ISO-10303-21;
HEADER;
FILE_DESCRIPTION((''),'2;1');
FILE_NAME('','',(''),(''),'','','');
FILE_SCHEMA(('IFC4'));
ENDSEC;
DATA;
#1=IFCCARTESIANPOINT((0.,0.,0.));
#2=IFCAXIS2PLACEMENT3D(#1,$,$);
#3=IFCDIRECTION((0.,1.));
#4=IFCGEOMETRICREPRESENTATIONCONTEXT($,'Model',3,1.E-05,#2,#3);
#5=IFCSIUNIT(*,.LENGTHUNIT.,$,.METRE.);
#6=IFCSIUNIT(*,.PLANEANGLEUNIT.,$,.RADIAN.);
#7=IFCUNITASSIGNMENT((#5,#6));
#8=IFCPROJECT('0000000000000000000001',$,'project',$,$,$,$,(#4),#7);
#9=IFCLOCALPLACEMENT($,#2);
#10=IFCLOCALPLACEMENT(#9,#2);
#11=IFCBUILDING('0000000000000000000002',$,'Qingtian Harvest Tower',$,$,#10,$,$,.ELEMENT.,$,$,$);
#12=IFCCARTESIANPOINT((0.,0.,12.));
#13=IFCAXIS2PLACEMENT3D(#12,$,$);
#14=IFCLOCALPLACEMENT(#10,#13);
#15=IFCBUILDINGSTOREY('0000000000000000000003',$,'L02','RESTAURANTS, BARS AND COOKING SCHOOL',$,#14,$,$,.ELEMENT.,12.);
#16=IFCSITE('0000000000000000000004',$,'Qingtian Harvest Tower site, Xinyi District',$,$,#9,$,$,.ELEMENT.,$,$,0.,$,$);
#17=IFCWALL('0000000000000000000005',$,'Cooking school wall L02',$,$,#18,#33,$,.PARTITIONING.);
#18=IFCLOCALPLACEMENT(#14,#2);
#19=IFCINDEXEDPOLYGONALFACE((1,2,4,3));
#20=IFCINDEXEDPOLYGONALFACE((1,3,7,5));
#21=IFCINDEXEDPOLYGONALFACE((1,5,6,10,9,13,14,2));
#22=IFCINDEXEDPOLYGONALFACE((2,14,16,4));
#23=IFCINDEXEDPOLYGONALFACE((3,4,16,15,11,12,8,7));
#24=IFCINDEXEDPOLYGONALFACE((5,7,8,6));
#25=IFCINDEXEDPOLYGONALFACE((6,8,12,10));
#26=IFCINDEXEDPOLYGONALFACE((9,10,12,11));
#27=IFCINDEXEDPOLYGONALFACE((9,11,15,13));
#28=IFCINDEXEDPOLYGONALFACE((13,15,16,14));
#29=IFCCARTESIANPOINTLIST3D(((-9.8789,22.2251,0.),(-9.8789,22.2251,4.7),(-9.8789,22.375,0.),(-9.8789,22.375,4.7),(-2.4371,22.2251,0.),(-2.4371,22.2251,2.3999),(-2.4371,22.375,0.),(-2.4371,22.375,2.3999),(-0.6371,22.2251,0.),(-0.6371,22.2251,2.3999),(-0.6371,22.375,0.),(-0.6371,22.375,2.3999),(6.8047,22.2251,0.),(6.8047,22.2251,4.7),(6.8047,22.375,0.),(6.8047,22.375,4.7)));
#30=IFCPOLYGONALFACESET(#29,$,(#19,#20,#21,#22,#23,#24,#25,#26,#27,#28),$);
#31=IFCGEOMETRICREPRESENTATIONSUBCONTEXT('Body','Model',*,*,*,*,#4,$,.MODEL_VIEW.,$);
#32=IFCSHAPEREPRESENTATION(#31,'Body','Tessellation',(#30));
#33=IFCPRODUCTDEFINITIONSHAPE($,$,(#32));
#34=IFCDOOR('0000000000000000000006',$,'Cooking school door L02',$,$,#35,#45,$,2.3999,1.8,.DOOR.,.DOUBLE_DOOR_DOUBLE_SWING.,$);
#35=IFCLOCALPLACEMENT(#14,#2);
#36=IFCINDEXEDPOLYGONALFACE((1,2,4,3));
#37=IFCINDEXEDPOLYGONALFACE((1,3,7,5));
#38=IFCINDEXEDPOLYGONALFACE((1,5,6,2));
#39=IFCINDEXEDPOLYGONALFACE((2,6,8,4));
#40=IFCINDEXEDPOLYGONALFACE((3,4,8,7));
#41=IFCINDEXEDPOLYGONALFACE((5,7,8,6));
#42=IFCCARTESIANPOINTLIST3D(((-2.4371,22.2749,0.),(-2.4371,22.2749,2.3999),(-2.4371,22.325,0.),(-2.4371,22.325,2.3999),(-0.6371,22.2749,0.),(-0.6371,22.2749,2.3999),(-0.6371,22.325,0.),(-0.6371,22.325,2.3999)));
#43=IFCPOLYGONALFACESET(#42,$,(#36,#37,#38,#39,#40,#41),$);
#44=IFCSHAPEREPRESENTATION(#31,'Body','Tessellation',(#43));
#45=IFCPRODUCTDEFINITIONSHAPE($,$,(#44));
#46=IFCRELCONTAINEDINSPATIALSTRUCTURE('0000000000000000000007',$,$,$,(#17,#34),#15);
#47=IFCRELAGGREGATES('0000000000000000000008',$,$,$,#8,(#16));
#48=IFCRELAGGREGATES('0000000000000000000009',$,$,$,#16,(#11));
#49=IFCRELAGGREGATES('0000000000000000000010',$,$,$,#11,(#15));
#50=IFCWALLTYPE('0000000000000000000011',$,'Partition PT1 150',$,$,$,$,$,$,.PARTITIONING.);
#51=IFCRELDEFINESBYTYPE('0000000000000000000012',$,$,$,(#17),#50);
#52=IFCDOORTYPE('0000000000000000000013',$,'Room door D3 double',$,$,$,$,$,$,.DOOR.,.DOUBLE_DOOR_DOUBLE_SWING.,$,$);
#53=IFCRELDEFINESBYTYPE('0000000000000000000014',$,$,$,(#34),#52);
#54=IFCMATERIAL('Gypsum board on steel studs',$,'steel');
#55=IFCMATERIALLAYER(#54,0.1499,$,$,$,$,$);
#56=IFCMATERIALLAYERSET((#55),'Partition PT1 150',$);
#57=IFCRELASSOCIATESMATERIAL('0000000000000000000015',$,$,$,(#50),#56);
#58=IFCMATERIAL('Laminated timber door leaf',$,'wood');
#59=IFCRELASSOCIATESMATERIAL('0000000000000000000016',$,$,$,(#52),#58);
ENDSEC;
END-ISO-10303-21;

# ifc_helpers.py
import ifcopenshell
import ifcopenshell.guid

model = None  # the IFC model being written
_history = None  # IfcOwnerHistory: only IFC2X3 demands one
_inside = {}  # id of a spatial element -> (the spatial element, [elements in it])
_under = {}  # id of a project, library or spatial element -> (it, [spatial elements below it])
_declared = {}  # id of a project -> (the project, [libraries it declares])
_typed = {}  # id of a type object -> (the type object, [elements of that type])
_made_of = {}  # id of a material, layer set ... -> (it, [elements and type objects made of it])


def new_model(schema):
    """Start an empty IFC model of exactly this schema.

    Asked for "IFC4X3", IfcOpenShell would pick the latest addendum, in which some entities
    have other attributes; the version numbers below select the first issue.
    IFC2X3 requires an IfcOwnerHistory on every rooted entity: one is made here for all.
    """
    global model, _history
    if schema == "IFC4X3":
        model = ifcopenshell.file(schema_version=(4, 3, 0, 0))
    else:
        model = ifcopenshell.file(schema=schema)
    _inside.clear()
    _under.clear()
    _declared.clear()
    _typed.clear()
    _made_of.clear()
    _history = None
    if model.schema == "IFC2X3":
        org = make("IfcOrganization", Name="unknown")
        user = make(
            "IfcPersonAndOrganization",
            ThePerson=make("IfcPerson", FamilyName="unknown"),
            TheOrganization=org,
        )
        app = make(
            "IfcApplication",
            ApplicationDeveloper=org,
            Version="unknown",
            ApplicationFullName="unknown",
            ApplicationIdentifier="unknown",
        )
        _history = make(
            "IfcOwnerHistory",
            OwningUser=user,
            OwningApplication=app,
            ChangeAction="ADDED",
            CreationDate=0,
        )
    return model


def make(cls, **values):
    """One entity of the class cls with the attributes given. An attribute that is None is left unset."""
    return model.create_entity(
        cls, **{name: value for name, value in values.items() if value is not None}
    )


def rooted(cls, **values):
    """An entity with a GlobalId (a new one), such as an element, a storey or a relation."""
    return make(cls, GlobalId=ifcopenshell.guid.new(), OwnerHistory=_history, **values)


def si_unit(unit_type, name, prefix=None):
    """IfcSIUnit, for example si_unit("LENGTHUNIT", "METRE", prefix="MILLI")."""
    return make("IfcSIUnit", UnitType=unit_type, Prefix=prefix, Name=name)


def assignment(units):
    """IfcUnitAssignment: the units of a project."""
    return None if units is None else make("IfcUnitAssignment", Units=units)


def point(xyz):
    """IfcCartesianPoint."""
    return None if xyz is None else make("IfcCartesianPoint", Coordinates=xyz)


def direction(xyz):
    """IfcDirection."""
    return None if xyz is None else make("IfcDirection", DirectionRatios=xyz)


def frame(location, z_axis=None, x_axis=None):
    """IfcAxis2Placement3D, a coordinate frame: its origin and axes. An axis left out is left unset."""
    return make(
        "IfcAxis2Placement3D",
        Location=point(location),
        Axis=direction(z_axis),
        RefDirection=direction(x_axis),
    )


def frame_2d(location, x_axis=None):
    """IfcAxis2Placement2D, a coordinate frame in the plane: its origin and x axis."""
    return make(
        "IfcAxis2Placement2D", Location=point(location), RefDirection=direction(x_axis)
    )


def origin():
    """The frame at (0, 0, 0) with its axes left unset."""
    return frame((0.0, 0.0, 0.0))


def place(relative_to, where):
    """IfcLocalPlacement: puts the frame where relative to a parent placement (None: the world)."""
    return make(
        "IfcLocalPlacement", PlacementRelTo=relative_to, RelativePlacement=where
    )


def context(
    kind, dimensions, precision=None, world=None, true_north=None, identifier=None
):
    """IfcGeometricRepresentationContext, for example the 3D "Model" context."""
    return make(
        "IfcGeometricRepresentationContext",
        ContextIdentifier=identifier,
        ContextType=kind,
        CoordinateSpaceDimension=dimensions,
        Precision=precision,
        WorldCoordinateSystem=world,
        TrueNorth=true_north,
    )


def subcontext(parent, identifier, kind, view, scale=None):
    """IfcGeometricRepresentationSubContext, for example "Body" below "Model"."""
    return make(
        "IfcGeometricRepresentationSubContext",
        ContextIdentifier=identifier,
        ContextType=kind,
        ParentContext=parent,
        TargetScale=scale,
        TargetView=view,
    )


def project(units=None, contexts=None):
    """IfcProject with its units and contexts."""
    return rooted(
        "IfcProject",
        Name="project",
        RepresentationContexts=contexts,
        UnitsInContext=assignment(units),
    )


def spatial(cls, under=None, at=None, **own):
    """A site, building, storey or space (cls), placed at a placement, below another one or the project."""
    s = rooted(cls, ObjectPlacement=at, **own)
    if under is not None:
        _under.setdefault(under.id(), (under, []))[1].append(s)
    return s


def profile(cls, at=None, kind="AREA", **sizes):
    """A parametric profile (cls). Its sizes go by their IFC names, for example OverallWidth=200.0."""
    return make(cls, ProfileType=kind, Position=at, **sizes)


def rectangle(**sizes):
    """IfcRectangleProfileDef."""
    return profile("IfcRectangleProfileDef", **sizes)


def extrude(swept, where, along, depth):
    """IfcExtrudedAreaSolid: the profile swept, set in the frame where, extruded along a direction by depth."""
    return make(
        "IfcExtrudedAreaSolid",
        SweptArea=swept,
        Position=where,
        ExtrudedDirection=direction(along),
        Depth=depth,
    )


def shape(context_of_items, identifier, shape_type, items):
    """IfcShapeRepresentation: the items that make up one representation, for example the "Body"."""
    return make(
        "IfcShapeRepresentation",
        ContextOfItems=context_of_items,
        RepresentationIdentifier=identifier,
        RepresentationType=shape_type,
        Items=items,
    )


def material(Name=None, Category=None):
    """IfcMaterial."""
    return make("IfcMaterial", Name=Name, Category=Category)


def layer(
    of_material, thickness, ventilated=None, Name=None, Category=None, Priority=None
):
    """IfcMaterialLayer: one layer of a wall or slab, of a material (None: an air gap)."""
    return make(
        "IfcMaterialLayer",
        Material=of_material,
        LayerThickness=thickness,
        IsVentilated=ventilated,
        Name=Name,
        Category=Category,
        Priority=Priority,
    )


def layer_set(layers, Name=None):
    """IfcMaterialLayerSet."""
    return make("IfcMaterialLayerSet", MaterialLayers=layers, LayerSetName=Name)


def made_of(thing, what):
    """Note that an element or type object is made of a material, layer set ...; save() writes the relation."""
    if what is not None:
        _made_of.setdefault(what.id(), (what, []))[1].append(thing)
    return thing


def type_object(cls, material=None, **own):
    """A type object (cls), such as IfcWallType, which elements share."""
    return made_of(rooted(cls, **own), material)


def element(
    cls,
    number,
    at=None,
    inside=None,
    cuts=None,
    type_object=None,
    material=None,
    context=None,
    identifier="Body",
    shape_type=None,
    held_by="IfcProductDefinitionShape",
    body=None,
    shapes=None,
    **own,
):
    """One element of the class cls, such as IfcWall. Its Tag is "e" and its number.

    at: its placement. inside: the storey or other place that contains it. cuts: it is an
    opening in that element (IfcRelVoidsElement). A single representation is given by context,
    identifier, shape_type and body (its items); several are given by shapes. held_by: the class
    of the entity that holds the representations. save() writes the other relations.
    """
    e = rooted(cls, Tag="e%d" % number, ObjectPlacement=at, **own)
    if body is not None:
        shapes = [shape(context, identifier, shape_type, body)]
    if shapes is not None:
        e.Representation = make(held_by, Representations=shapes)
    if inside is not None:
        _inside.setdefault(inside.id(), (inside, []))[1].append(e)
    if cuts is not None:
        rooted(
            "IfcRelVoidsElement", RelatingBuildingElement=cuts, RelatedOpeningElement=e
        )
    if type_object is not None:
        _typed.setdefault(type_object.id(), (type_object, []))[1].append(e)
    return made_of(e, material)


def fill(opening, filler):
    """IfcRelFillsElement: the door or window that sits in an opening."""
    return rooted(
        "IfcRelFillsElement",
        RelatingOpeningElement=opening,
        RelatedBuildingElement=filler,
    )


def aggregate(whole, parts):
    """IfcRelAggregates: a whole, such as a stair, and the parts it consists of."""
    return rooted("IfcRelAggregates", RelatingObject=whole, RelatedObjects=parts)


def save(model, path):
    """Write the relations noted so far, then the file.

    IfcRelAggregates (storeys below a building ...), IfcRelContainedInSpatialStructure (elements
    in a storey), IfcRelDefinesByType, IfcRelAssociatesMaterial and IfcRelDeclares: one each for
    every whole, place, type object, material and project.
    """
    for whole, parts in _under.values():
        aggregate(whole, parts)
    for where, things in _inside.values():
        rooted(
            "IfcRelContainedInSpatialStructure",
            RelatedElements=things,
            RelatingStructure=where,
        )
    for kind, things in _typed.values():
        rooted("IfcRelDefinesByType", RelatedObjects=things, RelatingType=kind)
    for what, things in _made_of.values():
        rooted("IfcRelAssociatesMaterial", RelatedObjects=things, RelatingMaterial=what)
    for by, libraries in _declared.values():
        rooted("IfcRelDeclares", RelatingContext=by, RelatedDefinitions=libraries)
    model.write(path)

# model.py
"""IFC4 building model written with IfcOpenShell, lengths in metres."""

from ifc_helpers import new_model, si_unit, direction, frame, frame_2d, origin, place, context, subcontext, project, spatial, rectangle, extrude, material, layer, layer_set, type_object, element, fill, save


model = new_model("IFC4")

# Units and contexts
model_context = context("Model", 3, precision=1e-05, world=origin(), true_north=direction((0.0, 1.0)))
body_context = subcontext(model_context, "Body", "Model", "MODEL_VIEW")
ifc_project = project(units=[si_unit("LENGTHUNIT", "METRE"), si_unit("PLANEANGLEUNIT", "RADIAN")], contexts=[model_context])

# Site, building, storey
site_placement = place(None, origin())
site = spatial("IfcSite", under=ifc_project, at=site_placement, Name="Qingtian Harvest Tower site, Xinyi District", CompositionType="ELEMENT", RefElevation=0.0)
building_placement = place(site_placement, origin())
building = spatial("IfcBuilding", under=site, at=building_placement, Name="Qingtian Harvest Tower", CompositionType="ELEMENT")
storey_placement = place(building_placement, frame((0.0, 0.0, 12.0)))
storey = spatial("IfcBuildingStorey", under=building, at=storey_placement, Name="L02", Description="RESTAURANTS, BARS AND COOKING SCHOOL", CompositionType="ELEMENT", Elevation=12.0)

# Wall, opening, door
ifc_material_1 = material(Name="Gypsum board on steel studs", Category="steel")
ifc_layer_1 = layer(ifc_material_1, 0.1499)
ifc_layer_set_1 = layer_set([ifc_layer_1], Name="Partition PT1 150")
wall_type_1 = type_object("IfcWallType", Name="Partition PT1 150", PredefinedType="PARTITIONING", material=ifc_layer_set_1)
wall_1_placement = place(storey_placement, frame((-9.8789, 22.3, 0.0), z_axis=(0.0, 0.0, 1.0), x_axis=(1.0, 0.0, 0.0)))
wall_1 = element("IfcWall", 1, at=wall_1_placement, inside=storey, type_object=wall_type_1, Name="Cooking school wall L02", PredefinedType="PARTITIONING", context=body_context, shape_type="SweptSolid", body=[
    extrude(rectangle(XDim=16.6836, YDim=0.1499, at=frame_2d((8.3418, 0.0))), origin(), (0.0, 0.0, 1.0), 4.7),
])
opening_1_placement = place(wall_1_placement, frame((7.4419, 0.0, 0.0)))
opening_1 = element("IfcOpeningElement", 2, at=opening_1_placement, cuts=wall_1, PredefinedType="OPENING", context=body_context, shape_type="SweptSolid", body=[
    extrude(rectangle(XDim=1.8, YDim=2.3999, at=frame_2d((0.8999, 1.2))), frame((0.0, 0.085, 0.0), z_axis=(0.0, -1.0, 0.0), x_axis=(1.0, 0.0, 0.0)), (0.0, 0.0, 1.0), 0.1699),
])
ifc_material_2 = material(Name="Laminated timber door leaf", Category="wood")
door_type_1 = type_object("IfcDoorType", Name="Room door D3 double", OperationType="DOUBLE_DOOR_DOUBLE_SWING", PredefinedType="DOOR", material=ifc_material_2)
door_1_placement = place(opening_1_placement, origin())
door_1 = element("IfcDoor", 3, at=door_1_placement, inside=storey, type_object=door_type_1, Name="Cooking school door L02", OperationType="DOUBLE_DOOR_DOUBLE_SWING", OverallHeight=2.3999, OverallWidth=1.8, PredefinedType="DOOR", context=body_context, shape_type="SweptSolid", body=[
    extrude(rectangle(XDim=1.8, YDim=2.3999, at=frame_2d((0.8999, 1.2))), frame((0.0, 0.0249, 0.0), z_axis=(0.0, -1.0, 0.0), x_axis=(1.0, 0.0, 0.0)), (0.0, 0.0, 1.0), 0.05),
])
fill(opening_1, door_1)

save(model, "model.ifc")
